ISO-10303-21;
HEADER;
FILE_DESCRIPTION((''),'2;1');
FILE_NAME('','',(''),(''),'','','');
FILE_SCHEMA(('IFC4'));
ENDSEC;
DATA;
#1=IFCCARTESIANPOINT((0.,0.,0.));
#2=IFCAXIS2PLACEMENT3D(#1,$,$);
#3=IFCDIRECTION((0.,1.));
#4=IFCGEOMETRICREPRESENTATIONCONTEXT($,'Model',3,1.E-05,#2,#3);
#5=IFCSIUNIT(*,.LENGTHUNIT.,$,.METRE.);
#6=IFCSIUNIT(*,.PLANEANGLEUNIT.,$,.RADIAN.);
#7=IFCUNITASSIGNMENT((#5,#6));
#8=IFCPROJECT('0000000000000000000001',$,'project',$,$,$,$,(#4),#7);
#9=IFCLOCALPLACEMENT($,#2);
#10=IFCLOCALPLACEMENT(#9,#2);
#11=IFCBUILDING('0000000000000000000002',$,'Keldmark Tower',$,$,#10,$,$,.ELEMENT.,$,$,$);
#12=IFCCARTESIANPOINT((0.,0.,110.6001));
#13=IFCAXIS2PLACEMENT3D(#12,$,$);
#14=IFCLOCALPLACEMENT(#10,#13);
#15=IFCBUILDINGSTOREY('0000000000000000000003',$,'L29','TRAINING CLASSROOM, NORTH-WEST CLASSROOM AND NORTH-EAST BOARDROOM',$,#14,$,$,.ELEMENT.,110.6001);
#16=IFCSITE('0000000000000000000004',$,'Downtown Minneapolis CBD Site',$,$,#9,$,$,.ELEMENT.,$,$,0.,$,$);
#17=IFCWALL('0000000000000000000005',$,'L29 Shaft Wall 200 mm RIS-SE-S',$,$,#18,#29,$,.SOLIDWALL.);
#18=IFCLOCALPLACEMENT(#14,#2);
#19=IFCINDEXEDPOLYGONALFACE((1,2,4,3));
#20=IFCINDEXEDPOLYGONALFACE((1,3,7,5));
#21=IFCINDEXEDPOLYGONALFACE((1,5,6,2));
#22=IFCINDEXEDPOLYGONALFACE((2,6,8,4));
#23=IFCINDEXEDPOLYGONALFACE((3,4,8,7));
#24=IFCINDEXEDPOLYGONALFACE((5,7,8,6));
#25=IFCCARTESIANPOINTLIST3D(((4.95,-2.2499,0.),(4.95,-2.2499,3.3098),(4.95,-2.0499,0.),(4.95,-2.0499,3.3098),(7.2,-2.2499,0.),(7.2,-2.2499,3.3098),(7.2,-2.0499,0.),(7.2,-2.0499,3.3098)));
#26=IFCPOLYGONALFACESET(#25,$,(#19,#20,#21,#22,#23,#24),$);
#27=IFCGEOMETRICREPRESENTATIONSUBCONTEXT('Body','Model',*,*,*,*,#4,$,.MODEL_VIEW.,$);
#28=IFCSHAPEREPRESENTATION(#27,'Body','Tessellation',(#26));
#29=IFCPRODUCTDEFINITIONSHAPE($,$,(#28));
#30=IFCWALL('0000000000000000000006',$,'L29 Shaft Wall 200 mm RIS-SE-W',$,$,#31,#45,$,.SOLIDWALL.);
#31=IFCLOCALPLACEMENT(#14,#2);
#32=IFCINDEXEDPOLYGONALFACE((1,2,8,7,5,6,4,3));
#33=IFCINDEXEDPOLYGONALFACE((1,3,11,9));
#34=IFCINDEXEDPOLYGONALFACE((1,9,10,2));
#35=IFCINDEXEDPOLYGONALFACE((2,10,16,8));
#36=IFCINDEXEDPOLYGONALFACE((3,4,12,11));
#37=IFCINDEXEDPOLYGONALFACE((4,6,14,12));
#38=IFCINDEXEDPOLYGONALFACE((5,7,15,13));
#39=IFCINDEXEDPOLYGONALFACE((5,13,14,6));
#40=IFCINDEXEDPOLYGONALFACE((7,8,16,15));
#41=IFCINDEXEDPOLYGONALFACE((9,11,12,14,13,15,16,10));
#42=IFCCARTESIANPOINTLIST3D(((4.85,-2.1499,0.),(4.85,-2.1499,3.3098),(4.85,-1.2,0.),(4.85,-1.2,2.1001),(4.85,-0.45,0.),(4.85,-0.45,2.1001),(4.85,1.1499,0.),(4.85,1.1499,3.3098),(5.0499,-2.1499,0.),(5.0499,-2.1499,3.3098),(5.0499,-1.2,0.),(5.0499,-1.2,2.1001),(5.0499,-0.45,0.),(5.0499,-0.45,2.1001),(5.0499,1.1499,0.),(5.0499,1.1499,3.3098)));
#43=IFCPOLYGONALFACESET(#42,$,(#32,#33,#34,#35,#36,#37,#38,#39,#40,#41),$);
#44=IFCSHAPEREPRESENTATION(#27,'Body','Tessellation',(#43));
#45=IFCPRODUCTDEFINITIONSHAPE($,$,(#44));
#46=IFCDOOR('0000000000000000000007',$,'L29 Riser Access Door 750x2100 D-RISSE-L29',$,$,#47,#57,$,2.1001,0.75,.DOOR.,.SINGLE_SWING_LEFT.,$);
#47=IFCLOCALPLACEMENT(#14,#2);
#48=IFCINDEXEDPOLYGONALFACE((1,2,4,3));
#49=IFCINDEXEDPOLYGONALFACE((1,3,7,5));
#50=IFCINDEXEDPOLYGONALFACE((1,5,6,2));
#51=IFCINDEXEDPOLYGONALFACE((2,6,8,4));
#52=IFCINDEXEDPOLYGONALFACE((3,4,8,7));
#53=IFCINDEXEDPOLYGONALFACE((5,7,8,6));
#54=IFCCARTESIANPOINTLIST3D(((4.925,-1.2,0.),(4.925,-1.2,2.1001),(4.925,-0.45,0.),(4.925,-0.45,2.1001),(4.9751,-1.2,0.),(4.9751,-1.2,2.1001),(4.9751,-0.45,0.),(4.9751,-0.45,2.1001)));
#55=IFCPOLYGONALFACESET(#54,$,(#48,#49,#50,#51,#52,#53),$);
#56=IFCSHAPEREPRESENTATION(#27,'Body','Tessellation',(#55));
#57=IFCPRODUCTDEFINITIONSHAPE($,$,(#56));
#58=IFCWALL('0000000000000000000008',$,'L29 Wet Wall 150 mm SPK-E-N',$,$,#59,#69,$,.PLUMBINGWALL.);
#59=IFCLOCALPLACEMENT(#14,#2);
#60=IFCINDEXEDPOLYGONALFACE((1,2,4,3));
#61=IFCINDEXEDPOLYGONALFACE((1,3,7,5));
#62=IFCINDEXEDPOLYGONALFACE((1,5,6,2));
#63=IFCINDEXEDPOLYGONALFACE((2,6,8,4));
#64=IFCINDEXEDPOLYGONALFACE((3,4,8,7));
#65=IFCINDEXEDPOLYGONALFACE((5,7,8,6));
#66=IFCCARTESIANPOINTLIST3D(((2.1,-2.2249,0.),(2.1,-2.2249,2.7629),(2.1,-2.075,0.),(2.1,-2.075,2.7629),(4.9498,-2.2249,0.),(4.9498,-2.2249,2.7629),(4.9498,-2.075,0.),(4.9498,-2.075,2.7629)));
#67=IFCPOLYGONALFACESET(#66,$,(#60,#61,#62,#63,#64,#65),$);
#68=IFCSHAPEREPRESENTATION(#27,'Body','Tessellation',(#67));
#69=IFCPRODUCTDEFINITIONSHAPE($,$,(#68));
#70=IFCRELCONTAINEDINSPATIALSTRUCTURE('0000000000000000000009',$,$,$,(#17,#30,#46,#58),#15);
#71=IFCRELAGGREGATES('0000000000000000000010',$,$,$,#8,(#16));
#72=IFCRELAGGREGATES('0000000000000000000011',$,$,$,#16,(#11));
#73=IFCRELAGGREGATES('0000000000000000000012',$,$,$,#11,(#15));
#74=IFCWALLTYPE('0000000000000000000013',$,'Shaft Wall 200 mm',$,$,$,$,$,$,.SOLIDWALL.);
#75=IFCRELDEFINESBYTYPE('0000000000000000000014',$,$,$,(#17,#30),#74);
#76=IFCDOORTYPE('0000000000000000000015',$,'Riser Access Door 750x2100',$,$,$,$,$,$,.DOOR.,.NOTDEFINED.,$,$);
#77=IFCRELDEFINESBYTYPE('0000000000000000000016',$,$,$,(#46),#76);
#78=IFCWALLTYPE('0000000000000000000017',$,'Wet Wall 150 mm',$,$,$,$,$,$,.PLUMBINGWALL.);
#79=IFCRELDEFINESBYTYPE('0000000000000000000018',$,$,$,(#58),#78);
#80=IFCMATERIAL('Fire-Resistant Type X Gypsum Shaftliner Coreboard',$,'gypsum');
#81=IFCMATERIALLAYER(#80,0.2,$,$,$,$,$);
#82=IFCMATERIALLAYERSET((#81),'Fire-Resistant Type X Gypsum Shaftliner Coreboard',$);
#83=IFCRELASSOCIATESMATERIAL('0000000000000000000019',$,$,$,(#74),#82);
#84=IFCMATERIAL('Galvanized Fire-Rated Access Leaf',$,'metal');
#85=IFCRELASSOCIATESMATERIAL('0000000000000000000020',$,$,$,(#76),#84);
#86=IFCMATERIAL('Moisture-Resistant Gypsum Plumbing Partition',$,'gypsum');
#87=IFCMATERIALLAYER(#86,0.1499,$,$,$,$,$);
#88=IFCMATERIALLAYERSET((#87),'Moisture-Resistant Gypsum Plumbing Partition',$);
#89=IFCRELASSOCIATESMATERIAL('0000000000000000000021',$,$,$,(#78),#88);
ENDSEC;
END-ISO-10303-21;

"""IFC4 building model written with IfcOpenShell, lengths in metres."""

from ifc_helpers import new_model, si_unit, direction, frame, frame_2d, origin, place, context, subcontext, project, spatial, rectangle, extrude, material, layer, layer_set, type_object, element, fill, save


model = new_model("IFC4")

# Units and contexts
model_context = context("Model", 3, precision=1e-05, world=origin(), true_north=direction((0.0, 1.0)))
body_context = subcontext(model_context, "Body", "Model", "MODEL_VIEW")
ifc_project = project(units=[si_unit("LENGTHUNIT", "METRE"), si_unit("PLANEANGLEUNIT", "RADIAN")], contexts=[model_context])

# Site, building, storey
site_placement = place(None, origin())
site = spatial("IfcSite", under=ifc_project, at=site_placement, Name="Downtown Minneapolis CBD Site", CompositionType="ELEMENT", RefElevation=0.0)
building_placement = place(site_placement, origin())
building = spatial("IfcBuilding", under=site, at=building_placement, Name="Keldmark Tower", CompositionType="ELEMENT")
storey_placement = place(building_placement, frame((0.0, 0.0, 110.6001)))
storey = spatial("IfcBuildingStorey", under=building, at=storey_placement, Name="L29", Description="TRAINING CLASSROOM, NORTH-WEST CLASSROOM AND NORTH-EAST BOARDROOM", CompositionType="ELEMENT", Elevation=110.6001)

# Wall
ifc_material_1 = material(Name="Fire-Resistant Type X Gypsum Shaftliner Coreboard", Category="gypsum")
ifc_layer_1 = layer(ifc_material_1, 0.2)
ifc_layer_set_1 = layer_set([ifc_layer_1], Name="Fire-Resistant Type X Gypsum Shaftliner Coreboard")
wall_type_1 = type_object("IfcWallType", Name="Shaft Wall 200 mm", PredefinedType="SOLIDWALL", material=ifc_layer_set_1)
wall_1_placement = place(storey_placement, frame((4.95, -2.1499, 0.0), z_axis=(0.0, 0.0, 1.0), x_axis=(1.0, 0.0, 0.0)))
element("IfcWall", 1, at=wall_1_placement, inside=storey, type_object=wall_type_1, Name="L29 Shaft Wall 200 mm RIS-SE-S", PredefinedType="SOLIDWALL", context=body_context, shape_type="SweptSolid", body=[
    extrude(rectangle(XDim=2.25, YDim=0.2, at=frame_2d((1.125, 0.0))), origin(), (0.0, 0.0, 1.0), 3.3098),
])

# Wall, opening, door
wall_2_placement = place(storey_placement, frame((4.95, -2.1499, 0.0), z_axis=(0.0, 0.0, 1.0), x_axis=(0.0, 1.0, 0.0)))
wall_2 = element("IfcWall", 2, at=wall_2_placement, inside=storey, type_object=wall_type_1, Name="L29 Shaft Wall 200 mm RIS-SE-W", PredefinedType="SOLIDWALL", context=body_context, shape_type="SweptSolid", body=[
    extrude(rectangle(XDim=3.2998, YDim=0.2, at=frame_2d((1.6499, 0.0))), origin(), (0.0, 0.0, 1.0), 3.3098),
])
opening_1_placement = place(wall_2_placement, frame((0.95, 0.0, 0.0)))
opening_1 = element("IfcOpeningElement", 3, at=opening_1_placement, cuts=wall_2, PredefinedType="OPENING", context=body_context, shape_type="SweptSolid", body=[
    extrude(rectangle(XDim=0.75, YDim=2.1001, at=frame_2d((0.375, 1.05))), frame((0.0, 0.1099, 0.0), z_axis=(0.0, -1.0, 0.0), x_axis=(1.0, 0.0, 0.0)), (0.0, 0.0, 1.0), 0.22),
])
ifc_material_2 = material(Name="Galvanized Fire-Rated Access Leaf", Category="metal")
door_type_1 = type_object("IfcDoorType", Name="Riser Access Door 750x2100", OperationType="NOTDEFINED", PredefinedType="DOOR", material=ifc_material_2)
door_1_placement = place(opening_1_placement, origin())
door_1 = element("IfcDoor", 4, at=door_1_placement, inside=storey, type_object=door_type_1, Name="L29 Riser Access Door 750x2100 D-RISSE-L29", OperationType="SINGLE_SWING_LEFT", OverallHeight=2.1001, OverallWidth=0.75, PredefinedType="DOOR", context=body_context, shape_type="SweptSolid", body=[
    extrude(rectangle(XDim=0.75, YDim=2.1001, at=frame_2d((0.375, 1.05))), frame((0.0, 0.0249, 0.0), z_axis=(0.0, -1.0, 0.0), x_axis=(1.0, 0.0, 0.0)), (0.0, 0.0, 1.0), 0.05),
])
fill(opening_1, door_1)

# Wall
ifc_material_3 = material(Name="Moisture-Resistant Gypsum Plumbing Partition", Category="gypsum")
ifc_layer_2 = layer(ifc_material_3, 0.1499)
ifc_layer_set_2 = layer_set([ifc_layer_2], Name="Moisture-Resistant Gypsum Plumbing Partition")
wall_type_2 = type_object("IfcWallType", Name="Wet Wall 150 mm", PredefinedType="PLUMBINGWALL", material=ifc_layer_set_2)
wall_3_placement = place(storey_placement, frame((2.1001, -2.1499, 0.0), z_axis=(0.0, 0.0, 1.0), x_axis=(1.0, 0.0, 0.0)))
element("IfcWall", 5, at=wall_3_placement, inside=storey, type_object=wall_type_2, Name="L29 Wet Wall 150 mm SPK-E-N", PredefinedType="PLUMBINGWALL", context=body_context, shape_type="SweptSolid", body=[
    extrude(rectangle(XDim=2.8499, YDim=0.1499, at=frame_2d((1.4248, 0.0))), origin(), (0.0, 0.0, 1.0), 2.7629),
])

save(model, "model.ifc")
